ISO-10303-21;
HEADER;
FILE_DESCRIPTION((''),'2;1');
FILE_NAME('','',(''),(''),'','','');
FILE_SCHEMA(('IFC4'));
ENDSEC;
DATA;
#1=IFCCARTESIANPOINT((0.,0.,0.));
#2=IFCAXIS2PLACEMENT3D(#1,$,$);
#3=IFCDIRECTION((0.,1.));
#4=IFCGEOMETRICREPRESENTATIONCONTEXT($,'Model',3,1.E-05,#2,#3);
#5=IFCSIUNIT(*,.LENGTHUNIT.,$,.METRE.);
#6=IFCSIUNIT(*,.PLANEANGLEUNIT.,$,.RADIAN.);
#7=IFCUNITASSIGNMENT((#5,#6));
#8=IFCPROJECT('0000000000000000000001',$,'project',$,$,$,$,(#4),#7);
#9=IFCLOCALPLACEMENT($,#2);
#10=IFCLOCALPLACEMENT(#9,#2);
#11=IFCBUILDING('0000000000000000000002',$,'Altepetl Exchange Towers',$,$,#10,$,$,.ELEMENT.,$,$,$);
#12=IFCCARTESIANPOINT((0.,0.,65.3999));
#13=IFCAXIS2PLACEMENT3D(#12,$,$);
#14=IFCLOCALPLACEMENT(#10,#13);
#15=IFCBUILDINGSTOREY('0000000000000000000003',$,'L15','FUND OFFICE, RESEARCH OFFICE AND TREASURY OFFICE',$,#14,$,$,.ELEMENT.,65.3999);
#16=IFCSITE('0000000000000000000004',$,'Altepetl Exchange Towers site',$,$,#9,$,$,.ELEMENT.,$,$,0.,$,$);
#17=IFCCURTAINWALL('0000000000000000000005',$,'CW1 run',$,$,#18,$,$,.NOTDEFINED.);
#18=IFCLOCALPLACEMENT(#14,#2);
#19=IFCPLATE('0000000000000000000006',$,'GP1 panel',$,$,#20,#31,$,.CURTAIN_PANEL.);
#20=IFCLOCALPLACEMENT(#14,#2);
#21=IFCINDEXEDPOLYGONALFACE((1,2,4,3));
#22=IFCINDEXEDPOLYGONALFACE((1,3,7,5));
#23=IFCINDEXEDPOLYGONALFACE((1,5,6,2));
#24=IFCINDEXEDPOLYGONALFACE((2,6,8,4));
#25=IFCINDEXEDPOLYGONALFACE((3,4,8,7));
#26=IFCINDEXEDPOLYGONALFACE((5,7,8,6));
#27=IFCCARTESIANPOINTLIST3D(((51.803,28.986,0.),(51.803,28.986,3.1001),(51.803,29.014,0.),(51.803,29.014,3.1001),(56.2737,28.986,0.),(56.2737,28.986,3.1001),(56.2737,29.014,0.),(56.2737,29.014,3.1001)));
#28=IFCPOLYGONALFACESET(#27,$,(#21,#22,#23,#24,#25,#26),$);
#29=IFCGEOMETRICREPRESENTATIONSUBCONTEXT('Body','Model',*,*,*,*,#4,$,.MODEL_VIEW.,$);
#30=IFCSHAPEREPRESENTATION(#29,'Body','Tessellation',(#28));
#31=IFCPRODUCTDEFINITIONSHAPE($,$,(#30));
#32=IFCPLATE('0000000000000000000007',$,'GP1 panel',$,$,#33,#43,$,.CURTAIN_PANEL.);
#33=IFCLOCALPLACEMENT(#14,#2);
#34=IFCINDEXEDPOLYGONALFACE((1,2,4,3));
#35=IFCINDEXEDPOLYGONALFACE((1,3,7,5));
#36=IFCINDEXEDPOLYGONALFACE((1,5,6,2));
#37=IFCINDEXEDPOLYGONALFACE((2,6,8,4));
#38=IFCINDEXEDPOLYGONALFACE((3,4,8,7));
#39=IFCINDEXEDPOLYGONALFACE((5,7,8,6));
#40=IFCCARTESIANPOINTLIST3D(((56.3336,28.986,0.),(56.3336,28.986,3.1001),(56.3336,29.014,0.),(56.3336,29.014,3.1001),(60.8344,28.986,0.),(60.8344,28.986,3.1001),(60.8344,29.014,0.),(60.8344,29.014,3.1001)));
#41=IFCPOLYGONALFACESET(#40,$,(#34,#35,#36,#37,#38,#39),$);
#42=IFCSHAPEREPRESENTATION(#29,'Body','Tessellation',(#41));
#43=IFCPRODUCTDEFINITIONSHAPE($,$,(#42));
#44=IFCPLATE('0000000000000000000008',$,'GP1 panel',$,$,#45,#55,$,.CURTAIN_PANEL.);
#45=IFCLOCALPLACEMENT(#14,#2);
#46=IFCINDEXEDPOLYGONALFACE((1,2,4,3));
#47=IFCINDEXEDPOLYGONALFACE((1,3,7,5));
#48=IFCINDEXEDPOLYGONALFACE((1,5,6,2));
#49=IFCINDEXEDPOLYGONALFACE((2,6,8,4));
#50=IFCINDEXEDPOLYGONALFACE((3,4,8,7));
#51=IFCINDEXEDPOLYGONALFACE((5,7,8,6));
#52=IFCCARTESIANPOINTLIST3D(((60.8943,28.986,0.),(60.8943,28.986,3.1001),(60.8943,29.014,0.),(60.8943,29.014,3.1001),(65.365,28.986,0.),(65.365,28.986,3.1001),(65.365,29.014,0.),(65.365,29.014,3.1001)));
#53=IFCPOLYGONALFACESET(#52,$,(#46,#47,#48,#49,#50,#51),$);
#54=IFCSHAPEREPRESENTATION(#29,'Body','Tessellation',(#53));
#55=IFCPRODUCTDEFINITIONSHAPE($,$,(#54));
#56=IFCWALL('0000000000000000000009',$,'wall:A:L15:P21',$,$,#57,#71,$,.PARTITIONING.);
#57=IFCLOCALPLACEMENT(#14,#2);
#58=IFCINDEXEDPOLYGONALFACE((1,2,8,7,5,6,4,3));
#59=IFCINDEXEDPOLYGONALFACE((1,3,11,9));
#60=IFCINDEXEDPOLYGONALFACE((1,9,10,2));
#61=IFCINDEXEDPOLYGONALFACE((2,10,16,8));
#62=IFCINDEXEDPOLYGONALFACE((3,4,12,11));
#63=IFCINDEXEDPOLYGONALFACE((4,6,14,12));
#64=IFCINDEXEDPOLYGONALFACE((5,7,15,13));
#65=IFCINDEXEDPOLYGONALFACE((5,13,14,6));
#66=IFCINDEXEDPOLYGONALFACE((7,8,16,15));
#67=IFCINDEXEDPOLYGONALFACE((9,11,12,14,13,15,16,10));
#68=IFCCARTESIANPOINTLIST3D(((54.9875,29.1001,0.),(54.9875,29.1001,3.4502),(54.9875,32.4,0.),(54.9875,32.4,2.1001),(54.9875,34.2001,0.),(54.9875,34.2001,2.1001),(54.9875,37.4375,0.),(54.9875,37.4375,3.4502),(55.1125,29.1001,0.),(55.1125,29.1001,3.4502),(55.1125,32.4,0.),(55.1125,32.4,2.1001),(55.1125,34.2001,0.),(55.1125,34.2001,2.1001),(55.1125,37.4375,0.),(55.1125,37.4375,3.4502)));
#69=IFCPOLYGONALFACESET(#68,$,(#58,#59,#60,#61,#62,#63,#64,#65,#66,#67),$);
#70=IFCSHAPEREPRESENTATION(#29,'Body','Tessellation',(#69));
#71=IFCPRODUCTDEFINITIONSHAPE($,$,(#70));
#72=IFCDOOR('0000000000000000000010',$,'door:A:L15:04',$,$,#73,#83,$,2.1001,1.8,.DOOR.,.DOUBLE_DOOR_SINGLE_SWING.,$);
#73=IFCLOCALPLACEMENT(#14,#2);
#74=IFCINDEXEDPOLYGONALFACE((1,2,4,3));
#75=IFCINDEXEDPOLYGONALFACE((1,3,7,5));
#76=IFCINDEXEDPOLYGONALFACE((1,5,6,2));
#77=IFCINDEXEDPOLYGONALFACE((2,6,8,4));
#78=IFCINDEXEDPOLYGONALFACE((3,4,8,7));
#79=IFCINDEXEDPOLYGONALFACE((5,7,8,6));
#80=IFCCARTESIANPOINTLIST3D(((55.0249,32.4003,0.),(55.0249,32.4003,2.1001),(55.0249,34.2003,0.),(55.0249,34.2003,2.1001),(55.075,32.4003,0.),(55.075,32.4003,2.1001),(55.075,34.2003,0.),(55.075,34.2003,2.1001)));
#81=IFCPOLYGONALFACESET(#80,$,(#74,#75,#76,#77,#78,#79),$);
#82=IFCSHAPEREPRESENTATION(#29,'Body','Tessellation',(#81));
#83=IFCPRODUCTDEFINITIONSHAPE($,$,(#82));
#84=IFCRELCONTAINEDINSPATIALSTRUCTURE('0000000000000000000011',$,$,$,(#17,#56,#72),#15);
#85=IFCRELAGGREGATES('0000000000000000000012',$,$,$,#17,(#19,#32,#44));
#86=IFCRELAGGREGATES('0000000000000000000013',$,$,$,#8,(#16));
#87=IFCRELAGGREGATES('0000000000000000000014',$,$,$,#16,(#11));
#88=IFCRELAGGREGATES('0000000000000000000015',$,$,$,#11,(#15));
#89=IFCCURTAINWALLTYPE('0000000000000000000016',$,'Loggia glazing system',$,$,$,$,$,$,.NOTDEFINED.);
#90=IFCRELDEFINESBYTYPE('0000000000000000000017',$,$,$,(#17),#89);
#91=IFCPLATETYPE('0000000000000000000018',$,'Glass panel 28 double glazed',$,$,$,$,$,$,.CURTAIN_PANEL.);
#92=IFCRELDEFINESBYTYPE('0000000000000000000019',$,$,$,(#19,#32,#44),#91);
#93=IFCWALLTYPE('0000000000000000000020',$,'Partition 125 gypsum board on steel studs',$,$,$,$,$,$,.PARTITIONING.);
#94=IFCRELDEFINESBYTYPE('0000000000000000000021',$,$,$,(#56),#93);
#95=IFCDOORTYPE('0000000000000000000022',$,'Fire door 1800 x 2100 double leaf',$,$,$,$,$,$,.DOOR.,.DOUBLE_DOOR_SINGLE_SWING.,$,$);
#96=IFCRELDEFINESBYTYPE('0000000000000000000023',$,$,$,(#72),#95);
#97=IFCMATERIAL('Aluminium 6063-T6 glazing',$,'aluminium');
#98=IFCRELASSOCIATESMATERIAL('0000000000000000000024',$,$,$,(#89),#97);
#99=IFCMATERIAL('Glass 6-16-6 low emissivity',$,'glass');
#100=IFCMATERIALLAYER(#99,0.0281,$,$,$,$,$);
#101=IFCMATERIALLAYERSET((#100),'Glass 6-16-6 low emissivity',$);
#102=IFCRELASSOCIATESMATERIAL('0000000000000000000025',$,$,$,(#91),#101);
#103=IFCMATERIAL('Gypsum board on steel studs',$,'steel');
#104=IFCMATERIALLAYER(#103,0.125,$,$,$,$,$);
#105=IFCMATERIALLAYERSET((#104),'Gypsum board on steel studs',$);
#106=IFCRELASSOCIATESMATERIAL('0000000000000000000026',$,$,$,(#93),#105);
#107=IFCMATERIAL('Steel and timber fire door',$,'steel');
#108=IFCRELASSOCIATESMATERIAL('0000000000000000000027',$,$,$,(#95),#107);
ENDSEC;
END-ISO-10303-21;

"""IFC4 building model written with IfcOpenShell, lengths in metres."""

from ifc_helpers import new_model, si_unit, direction, frame, frame_2d, origin, origin_2d, place, context, subcontext, project, spatial, rectangle, extrude, material, layer, layer_set, type_object, element, fill, aggregate, save


model = new_model("IFC4")

# Units and contexts
model_context = context("Model", 3, precision=1e-05, world=origin(), true_north=direction((0.0, 1.0)))
body_context = subcontext(model_context, "Body", "Model", "MODEL_VIEW")
ifc_project = project(units=[si_unit("LENGTHUNIT", "METRE"), si_unit("PLANEANGLEUNIT", "RADIAN")], contexts=[model_context])

# Site, building, storey
site_placement = place(None, origin())
site = spatial("IfcSite", under=ifc_project, at=site_placement, Name="Altepetl Exchange Towers site", CompositionType="ELEMENT", RefElevation=0.0)
building_placement = place(site_placement, origin())
building = spatial("IfcBuilding", under=site, at=building_placement, Name="Altepetl Exchange Towers", CompositionType="ELEMENT")
storey_placement = place(building_placement, frame((0.0, 0.0, 65.3999)))
storey = spatial("IfcBuildingStorey", under=building, at=storey_placement, Name="L15", Description="FUND OFFICE, RESEARCH OFFICE AND TREASURY OFFICE", CompositionType="ELEMENT", Elevation=65.3999)

# Curtain wall
ifc_material_1 = material(Name="Aluminium 6063-T6 glazing", Category="aluminium")
curtain_wall_type = type_object("IfcCurtainWallType", Name="Loggia glazing system", PredefinedType="NOTDEFINED", material=ifc_material_1)
curtain_wall_1_placement = place(storey_placement, origin())
curtain_wall_1 = element("IfcCurtainWall", 1, at=curtain_wall_1_placement, inside=storey, type_object=curtain_wall_type, Name="CW1 run", PredefinedType="NOTDEFINED")

# Plates
ifc_material_2 = material(Name="Glass 6-16-6 low emissivity", Category="glass")
ifc_layer_1 = layer(ifc_material_2, 0.0281)
ifc_layer_set_1 = layer_set([ifc_layer_1], Name="Glass 6-16-6 low emissivity")
plate_type = type_object("IfcPlateType", Name="Glass panel 28 double glazed", PredefinedType="CURTAIN_PANEL", material=ifc_layer_set_1)
plate_1_placement = place(storey_placement, frame((54.0383, 29.0, 0.0)))
plate_1 = element("IfcPlate", 2, at=plate_1_placement, type_object=plate_type, Name="GP1 panel", PredefinedType="CURTAIN_PANEL", context=body_context, shape_type="SweptSolid", body=[
    extrude(rectangle(XDim=4.4707, YDim=0.0281, at=origin_2d()), origin(), (0.0, 0.0, 1.0), 3.1001),
])
plate_2_placement = place(storey_placement, frame((58.584, 29.0, 0.0)))
plate_2 = element("IfcPlate", 3, at=plate_2_placement, type_object=plate_type, Name="GP1 panel", PredefinedType="CURTAIN_PANEL", context=body_context, shape_type="SweptSolid", body=[
    extrude(rectangle(XDim=4.5007, YDim=0.0281, at=origin_2d()), origin(), (0.0, 0.0, 1.0), 3.1001),
])
plate_3_placement = place(storey_placement, frame((63.1296, 29.0, 0.0)))
plate_3 = element("IfcPlate", 4, at=plate_3_placement, type_object=plate_type, Name="GP1 panel", PredefinedType="CURTAIN_PANEL", context=body_context, shape_type="SweptSolid", body=[
    extrude(rectangle(XDim=4.4707, YDim=0.0281, at=origin_2d()), origin(), (0.0, 0.0, 1.0), 3.1001),
])
aggregate(curtain_wall_1, [plate_1, plate_2, plate_3])

# Wall, opening, door
ifc_material_3 = material(Name="Gypsum board on steel studs", Category="steel")
ifc_layer_2 = layer(ifc_material_3, 0.125)
ifc_layer_set_2 = layer_set([ifc_layer_2], Name="Gypsum board on steel studs")
wall_type = type_object("IfcWallType", Name="Partition 125 gypsum board on steel studs", PredefinedType="PARTITIONING", material=ifc_layer_set_2)
wall_placement = place(storey_placement, frame((55.05, 29.1001, 0.0), z_axis=(0.0, 0.0, 1.0), x_axis=(0.0, 1.0, 0.0)))
wall = element("IfcWall", 5, at=wall_placement, inside=storey, type_object=wall_type, Name="wall:A:L15:P21", PredefinedType="PARTITIONING", context=body_context, shape_type="SweptSolid", body=[
    extrude(rectangle(XDim=8.3374, YDim=0.125, at=frame_2d((4.1687, 0.0))), origin(), (0.0, 0.0, 1.0), 3.4502),
])
opening_placement = place(wall_placement, frame((3.3, 0.0, 0.0)))
opening = element("IfcOpeningElement", 6, at=opening_placement, cuts=wall, PredefinedType="OPENING", context=body_context, shape_type="SweptSolid", body=[
    extrude(rectangle(XDim=1.8, YDim=2.1001, at=frame_2d((0.8999, 1.05))), frame((0.0, 0.0725, 0.0), z_axis=(0.0, -1.0, 0.0), x_axis=(1.0, 0.0, 0.0)), (0.0, 0.0, 1.0), 0.145),
])
ifc_material_4 = material(Name="Steel and timber fire door", Category="steel")
door_type = type_object("IfcDoorType", Name="Fire door 1800 x 2100 double leaf", OperationType="DOUBLE_DOOR_SINGLE_SWING", PredefinedType="DOOR", material=ifc_material_4)
door_placement = place(opening_placement, frame((1.8, 0.0, 0.0), x_axis=(-1.0, 0.0, 0.0)))
door = element("IfcDoor", 7, at=door_placement, inside=storey, type_object=door_type, Name="door:A:L15:04", OperationType="DOUBLE_DOOR_SINGLE_SWING", OverallHeight=2.1001, OverallWidth=1.8, PredefinedType="DOOR", context=body_context, shape_type="SweptSolid", body=[
    extrude(rectangle(XDim=1.8, YDim=2.1001, at=frame_2d((0.8999, 1.05))), frame((0.0, 0.0249, 0.0), z_axis=(0.0, -1.0, 0.0), x_axis=(1.0, 0.0, 0.0)), (0.0, 0.0, 1.0), 0.05),
])
fill(opening, door)

save(model, "model.ifc")
